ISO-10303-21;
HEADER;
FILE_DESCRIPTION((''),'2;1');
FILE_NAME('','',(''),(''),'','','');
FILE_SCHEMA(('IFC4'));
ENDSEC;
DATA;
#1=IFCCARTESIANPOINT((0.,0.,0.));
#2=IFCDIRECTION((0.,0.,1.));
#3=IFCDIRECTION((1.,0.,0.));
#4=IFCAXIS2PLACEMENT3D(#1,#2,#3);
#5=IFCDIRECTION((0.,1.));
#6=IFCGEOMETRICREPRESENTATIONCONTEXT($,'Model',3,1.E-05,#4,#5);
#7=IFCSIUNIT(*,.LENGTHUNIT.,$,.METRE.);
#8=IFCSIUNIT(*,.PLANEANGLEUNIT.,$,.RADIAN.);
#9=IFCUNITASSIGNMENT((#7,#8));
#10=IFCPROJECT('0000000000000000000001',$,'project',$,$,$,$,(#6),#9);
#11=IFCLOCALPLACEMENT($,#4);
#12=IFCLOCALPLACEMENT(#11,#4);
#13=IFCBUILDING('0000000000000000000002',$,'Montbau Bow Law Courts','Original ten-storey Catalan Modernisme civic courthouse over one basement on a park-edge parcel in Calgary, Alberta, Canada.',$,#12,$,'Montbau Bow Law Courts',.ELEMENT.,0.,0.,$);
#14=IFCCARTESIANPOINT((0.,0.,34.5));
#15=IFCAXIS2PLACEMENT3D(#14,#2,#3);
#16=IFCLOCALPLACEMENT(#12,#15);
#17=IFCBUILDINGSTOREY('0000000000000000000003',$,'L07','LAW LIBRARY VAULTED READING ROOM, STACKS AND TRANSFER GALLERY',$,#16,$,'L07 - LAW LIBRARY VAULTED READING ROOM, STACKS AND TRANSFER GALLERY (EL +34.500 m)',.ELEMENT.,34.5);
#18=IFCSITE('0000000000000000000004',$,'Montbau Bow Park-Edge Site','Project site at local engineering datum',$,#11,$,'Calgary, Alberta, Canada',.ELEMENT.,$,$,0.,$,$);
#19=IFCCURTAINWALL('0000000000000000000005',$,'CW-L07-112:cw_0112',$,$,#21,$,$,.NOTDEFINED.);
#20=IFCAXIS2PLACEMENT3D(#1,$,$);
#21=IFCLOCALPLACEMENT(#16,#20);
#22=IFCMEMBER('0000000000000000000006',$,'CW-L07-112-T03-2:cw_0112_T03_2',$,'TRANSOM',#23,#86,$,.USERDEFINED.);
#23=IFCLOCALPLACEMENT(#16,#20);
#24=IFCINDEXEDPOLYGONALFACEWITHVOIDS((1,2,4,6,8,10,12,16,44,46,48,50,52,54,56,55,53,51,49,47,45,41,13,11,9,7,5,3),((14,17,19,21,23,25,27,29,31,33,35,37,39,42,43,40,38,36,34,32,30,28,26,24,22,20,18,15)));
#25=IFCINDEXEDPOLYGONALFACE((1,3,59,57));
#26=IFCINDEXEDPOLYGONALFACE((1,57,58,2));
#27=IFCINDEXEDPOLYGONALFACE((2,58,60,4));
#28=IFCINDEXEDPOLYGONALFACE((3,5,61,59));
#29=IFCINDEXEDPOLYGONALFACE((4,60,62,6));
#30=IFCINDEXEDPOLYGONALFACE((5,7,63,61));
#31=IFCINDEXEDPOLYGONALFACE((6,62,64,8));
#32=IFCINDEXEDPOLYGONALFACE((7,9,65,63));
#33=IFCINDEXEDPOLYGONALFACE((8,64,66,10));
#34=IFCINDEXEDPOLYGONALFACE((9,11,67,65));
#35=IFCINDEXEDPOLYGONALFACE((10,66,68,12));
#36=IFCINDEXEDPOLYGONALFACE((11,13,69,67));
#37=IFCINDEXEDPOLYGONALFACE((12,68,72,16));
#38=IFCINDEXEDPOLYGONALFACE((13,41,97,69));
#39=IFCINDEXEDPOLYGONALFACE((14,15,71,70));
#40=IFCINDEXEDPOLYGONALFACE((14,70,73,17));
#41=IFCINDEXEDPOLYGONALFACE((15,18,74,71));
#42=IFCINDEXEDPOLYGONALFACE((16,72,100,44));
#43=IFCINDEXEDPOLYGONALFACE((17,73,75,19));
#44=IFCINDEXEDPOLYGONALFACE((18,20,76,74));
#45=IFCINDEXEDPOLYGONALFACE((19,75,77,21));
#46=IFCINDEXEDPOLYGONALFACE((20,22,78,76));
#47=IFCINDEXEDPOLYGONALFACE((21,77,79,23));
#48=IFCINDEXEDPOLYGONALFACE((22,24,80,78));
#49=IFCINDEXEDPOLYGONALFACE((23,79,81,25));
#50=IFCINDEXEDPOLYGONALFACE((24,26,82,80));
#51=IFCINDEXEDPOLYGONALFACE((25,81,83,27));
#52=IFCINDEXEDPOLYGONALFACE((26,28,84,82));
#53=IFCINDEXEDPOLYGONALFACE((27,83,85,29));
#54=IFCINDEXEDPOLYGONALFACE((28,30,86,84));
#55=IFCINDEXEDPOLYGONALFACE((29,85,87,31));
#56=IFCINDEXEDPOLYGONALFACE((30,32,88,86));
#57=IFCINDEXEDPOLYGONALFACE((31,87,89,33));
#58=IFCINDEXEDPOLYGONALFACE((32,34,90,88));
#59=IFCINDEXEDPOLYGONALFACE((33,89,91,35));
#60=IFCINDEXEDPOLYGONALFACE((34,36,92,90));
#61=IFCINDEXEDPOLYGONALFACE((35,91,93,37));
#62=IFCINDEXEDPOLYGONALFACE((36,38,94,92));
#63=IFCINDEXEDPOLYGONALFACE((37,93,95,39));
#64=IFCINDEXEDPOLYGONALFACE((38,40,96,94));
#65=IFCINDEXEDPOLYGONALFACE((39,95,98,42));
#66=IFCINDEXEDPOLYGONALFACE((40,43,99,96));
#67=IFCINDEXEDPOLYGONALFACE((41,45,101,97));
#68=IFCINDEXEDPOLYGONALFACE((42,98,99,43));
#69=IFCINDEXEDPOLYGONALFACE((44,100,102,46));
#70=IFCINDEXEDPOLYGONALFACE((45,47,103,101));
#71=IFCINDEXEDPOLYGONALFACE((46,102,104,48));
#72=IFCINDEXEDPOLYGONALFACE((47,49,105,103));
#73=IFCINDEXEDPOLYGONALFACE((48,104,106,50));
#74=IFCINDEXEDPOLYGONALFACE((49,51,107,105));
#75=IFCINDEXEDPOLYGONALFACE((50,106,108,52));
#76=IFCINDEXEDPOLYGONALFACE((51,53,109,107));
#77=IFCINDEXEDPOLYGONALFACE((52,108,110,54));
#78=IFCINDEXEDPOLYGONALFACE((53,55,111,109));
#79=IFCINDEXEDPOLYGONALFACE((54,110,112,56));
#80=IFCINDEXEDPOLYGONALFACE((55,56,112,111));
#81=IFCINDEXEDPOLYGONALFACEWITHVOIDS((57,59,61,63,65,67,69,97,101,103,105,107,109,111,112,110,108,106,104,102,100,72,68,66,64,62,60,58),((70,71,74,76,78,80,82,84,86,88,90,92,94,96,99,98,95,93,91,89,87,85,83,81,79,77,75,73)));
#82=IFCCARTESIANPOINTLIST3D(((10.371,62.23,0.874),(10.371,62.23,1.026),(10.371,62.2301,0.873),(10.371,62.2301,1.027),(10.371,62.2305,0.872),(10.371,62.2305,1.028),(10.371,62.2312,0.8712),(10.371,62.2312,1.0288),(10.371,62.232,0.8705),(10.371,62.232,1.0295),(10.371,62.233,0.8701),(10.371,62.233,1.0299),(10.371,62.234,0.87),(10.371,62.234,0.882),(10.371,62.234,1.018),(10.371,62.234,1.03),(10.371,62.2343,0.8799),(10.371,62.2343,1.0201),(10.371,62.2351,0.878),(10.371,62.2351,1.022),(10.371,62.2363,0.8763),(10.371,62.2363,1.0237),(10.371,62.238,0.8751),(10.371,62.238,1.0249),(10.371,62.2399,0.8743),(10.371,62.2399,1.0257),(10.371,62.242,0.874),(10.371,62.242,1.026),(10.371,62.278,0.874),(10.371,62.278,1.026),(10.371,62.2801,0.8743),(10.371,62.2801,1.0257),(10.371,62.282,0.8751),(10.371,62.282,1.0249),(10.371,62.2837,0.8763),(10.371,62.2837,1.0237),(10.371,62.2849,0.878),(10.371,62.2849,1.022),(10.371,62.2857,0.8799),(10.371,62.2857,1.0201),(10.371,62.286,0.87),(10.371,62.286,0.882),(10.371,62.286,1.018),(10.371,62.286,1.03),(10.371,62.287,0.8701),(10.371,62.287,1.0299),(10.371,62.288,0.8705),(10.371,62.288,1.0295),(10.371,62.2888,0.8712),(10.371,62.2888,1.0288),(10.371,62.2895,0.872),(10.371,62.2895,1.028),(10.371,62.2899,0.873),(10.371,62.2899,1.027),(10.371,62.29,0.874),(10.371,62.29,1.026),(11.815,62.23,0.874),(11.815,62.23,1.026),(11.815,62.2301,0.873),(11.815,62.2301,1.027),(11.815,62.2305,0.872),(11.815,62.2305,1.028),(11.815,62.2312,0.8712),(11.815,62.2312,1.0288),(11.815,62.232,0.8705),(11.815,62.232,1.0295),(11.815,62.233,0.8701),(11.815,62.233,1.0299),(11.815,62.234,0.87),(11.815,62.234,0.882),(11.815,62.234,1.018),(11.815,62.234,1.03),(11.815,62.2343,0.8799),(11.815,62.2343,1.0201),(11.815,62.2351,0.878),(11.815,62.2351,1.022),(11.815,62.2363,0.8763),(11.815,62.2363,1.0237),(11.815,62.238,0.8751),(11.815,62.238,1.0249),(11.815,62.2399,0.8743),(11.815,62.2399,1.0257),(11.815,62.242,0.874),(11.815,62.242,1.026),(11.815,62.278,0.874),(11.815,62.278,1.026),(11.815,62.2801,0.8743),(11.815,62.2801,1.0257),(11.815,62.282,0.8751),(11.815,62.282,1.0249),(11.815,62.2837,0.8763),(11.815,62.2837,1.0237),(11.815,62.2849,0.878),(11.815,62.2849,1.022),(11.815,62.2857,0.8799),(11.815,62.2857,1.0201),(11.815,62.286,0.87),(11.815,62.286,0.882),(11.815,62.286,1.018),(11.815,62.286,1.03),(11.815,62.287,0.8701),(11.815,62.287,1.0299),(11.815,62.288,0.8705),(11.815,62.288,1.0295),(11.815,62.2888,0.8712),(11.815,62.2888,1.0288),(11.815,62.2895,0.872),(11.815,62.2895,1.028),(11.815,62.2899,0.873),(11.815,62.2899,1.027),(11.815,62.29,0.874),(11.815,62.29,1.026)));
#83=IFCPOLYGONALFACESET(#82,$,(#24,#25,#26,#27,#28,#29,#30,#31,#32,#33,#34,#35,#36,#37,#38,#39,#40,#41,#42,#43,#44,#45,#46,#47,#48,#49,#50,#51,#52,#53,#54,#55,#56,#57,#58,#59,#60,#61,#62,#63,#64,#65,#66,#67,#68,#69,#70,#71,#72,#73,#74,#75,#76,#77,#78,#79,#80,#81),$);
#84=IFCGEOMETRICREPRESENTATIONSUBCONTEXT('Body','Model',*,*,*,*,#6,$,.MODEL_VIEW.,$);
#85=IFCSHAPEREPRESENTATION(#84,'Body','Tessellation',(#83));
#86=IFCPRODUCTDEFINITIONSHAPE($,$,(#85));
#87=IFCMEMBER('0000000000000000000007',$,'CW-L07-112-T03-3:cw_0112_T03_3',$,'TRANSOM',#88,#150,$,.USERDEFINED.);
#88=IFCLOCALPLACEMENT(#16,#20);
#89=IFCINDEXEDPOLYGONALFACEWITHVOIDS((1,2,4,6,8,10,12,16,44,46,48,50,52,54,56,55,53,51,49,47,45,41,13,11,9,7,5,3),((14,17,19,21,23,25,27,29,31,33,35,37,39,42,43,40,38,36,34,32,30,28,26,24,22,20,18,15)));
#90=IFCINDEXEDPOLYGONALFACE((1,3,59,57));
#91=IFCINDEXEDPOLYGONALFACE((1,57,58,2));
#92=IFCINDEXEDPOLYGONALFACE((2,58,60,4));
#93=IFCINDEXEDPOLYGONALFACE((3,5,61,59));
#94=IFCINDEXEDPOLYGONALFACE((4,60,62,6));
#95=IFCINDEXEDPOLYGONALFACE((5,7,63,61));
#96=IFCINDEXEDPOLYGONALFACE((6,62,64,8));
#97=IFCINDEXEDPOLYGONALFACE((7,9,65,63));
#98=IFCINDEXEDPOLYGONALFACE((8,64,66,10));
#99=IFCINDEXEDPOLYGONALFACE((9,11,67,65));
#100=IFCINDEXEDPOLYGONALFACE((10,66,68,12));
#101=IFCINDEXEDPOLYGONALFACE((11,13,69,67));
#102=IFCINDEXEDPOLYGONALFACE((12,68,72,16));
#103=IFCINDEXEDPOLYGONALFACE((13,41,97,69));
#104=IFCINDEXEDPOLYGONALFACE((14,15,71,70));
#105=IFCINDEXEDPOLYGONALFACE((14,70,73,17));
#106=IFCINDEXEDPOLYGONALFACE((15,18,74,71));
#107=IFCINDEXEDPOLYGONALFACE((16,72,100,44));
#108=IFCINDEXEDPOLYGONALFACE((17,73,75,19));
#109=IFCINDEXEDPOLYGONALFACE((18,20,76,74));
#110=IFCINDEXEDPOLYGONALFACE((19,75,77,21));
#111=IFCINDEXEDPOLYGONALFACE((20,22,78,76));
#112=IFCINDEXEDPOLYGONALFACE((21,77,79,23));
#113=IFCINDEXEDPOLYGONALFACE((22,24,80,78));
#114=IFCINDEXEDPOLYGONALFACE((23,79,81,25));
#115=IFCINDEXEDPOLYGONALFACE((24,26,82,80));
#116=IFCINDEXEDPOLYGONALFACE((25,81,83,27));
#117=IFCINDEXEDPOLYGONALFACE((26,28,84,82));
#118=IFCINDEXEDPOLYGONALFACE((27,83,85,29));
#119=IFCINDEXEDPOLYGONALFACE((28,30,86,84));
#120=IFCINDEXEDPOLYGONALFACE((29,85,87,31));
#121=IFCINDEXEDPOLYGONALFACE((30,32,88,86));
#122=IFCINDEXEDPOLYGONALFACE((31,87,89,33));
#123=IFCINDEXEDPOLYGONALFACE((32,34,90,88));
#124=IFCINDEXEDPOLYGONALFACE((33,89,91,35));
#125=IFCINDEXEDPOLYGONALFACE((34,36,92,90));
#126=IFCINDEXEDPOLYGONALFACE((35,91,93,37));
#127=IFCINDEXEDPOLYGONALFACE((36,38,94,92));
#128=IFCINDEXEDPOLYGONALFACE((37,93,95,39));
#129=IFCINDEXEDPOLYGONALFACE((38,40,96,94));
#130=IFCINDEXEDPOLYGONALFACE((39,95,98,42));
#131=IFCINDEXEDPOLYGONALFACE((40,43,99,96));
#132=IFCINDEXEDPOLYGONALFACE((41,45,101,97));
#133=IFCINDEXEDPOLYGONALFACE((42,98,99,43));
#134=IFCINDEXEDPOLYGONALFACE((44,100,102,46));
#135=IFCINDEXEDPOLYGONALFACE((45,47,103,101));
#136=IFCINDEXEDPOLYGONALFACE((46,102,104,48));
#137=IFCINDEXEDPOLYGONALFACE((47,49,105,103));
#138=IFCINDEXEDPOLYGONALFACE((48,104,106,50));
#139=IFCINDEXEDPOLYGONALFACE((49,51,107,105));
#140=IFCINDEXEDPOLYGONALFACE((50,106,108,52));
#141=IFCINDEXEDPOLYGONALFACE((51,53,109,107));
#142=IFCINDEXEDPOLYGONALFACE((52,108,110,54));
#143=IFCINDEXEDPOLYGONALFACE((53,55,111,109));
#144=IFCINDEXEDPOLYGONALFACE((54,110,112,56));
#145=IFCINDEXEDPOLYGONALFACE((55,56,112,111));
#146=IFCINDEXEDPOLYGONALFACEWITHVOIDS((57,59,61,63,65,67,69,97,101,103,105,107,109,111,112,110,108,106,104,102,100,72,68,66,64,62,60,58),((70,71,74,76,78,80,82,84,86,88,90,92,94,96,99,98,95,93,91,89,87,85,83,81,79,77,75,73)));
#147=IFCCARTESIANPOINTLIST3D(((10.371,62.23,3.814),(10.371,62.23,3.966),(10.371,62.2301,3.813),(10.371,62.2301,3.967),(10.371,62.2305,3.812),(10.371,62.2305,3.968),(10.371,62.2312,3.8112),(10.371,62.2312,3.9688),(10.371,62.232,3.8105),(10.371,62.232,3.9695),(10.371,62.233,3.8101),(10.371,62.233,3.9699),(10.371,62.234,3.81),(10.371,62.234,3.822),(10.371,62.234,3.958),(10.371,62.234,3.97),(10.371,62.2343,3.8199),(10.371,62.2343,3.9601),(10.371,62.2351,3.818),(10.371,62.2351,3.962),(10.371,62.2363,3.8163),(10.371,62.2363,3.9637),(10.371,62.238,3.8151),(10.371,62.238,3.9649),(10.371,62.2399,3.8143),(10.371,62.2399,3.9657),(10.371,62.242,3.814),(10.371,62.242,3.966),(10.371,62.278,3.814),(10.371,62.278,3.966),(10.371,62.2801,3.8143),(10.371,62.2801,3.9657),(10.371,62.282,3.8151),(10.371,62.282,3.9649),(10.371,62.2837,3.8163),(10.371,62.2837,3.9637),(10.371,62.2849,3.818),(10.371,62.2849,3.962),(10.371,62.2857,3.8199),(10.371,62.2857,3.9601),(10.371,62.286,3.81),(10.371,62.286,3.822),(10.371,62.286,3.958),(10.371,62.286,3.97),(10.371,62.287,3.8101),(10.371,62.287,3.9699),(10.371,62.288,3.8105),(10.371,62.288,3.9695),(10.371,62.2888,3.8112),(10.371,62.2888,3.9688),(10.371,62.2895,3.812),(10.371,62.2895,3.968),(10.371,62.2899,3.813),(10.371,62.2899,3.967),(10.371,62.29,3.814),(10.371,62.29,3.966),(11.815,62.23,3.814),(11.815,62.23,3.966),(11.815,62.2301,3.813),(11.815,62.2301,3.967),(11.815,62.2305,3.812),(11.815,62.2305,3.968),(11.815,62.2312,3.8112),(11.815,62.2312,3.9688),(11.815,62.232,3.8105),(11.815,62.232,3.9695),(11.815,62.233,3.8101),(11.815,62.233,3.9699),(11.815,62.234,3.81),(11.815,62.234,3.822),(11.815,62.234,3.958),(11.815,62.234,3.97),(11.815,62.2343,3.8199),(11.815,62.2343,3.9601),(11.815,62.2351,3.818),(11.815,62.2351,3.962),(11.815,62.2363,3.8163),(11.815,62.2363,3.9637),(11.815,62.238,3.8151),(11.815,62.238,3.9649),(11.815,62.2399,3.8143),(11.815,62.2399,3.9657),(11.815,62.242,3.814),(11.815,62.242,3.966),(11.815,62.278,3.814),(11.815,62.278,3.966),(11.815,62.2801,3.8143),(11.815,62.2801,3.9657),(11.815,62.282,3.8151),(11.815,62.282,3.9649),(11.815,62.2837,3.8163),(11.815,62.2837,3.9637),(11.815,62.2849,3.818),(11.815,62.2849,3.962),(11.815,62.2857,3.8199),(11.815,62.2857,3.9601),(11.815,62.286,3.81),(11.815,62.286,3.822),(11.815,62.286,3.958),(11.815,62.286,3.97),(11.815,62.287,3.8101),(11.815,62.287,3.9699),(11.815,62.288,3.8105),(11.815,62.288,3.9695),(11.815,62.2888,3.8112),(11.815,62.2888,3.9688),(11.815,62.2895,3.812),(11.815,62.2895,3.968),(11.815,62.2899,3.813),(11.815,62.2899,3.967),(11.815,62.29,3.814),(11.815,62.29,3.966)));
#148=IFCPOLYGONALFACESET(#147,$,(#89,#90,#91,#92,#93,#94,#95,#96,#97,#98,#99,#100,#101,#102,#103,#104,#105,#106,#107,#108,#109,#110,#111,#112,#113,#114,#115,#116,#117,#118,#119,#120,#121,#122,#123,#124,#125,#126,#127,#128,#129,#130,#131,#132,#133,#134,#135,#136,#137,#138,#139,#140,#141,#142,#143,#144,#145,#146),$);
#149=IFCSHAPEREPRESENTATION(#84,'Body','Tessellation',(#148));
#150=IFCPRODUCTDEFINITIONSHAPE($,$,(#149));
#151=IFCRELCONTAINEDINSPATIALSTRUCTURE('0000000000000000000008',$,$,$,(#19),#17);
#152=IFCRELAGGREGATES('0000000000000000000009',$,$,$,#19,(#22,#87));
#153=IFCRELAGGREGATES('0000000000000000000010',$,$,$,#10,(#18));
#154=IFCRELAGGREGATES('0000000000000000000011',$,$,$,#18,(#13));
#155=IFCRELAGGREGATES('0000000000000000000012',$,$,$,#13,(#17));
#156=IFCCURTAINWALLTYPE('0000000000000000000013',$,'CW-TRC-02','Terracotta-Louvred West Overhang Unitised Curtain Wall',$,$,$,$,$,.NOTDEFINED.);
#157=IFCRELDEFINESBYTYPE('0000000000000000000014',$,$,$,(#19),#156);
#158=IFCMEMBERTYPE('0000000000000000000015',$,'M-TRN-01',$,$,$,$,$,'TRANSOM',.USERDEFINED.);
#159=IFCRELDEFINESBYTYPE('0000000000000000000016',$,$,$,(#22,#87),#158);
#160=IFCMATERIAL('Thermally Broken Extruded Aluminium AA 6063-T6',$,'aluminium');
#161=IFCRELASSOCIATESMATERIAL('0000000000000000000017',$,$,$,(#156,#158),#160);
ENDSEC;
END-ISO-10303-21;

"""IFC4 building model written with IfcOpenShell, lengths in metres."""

from ifc_helpers import new_model, si_unit, direction, frame, origin_with_axes, origin_2d_with_axis, place, context, subcontext, project, spatial, hollow_rectangle, extrude, material, material_profile, profile_set, type_object, element, aggregate, save


model = new_model("IFC4")

# Units and contexts
model_context = context("Model", 3, precision=1e-05, world=origin_with_axes(), true_north=direction((0.0, 1.0)))
body_context = subcontext(model_context, "Body", "Model", "MODEL_VIEW")
ifc_project = project(units=[si_unit("LENGTHUNIT", "METRE"), si_unit("PLANEANGLEUNIT", "RADIAN")], contexts=[model_context])

# Site, building, storey
site_placement = place(None, origin_with_axes())
site = spatial("IfcSite", under=ifc_project, at=site_placement, Name="Montbau Bow Park-Edge Site", Description="Project site at local engineering datum", LongName="Calgary, Alberta, Canada", CompositionType="ELEMENT", RefElevation=0.0)
building_placement = place(site_placement, origin_with_axes())
building = spatial("IfcBuilding", under=site, at=building_placement, Name="Montbau Bow Law Courts", Description="Original ten-storey Catalan Modernisme civic courthouse over one basement on a park-edge parcel in Calgary, Alberta, Canada.", LongName="Montbau Bow Law Courts", CompositionType="ELEMENT", ElevationOfRefHeight=0.0, ElevationOfTerrain=0.0)
storey_placement = place(building_placement, frame((0.0, 0.0, 34.5), z_axis=(0.0, 0.0, 1.0), x_axis=(1.0, 0.0, 0.0)))
storey = spatial("IfcBuildingStorey", under=building, at=storey_placement, Name="L07", Description="LAW LIBRARY VAULTED READING ROOM, STACKS AND TRANSFER GALLERY", LongName="L07 - LAW LIBRARY VAULTED READING ROOM, STACKS AND TRANSFER GALLERY (EL +34.500 m)", CompositionType="ELEMENT", Elevation=34.5)

# Curtain wall, members
ifc_material_1 = material(Name="Thermally Broken Extruded Aluminium AA 6063-T6", Category="aluminium")
curtain_wall_type = type_object("IfcCurtainWallType", Name="CW-TRC-02", Description="Terracotta-Louvred West Overhang Unitised Curtain Wall", PredefinedType="NOTDEFINED", material=ifc_material_1)
curtain_wall_placement = place(None, frame((7.315, 62.26, 34.5), z_axis=(0.0, 0.0, 1.0), x_axis=(1.0, 0.0, 0.0)))
curtain_wall = element("IfcCurtainWall", 1, at=curtain_wall_placement, inside=storey, type_object=curtain_wall_type, Name="CW-L07-112:cw_0112", PredefinedType="NOTDEFINED")
ifc_material_profile_1 = material_profile(ifc_material_1, hollow_rectangle(XDim=0.06, YDim=0.16, WallThickness=0.004, InnerFilletRadius=0.008, OuterFilletRadius=0.004, at=origin_2d_with_axis()), Name="CWT-160X60", Category="Main", Priority=0)
ifc_profile_set_1 = profile_set([ifc_material_profile_1], Name="Thermally Broken Extruded Aluminium AA 6063-T6")
member_type_1 = type_object("IfcMemberType", Name="M-TRN-01", ElementType="TRANSOM", PredefinedType="USERDEFINED", material=ifc_profile_set_1)
member_1_placement = place(None, frame((10.371, 62.26, 35.45), z_axis=(1.0, 0.0, 0.0), x_axis=(0.0, 1.0, 0.0)))
member_1 = element("IfcMember", 2, at=member_1_placement, type_object=member_type_1, Name="CW-L07-112-T03-2:cw_0112_T03_2", ObjectType="TRANSOM", PredefinedType="USERDEFINED", context=body_context, shape_type="SweptSolid", body=[
    extrude(hollow_rectangle(XDim=0.06, YDim=0.16, WallThickness=0.004, InnerFilletRadius=0.008, OuterFilletRadius=0.004, at=origin_2d_with_axis()), origin_with_axes(), (0.0, 0.0, 1.0), 1.444),
])
member_2_placement = place(None, frame((10.371, 62.26, 38.39), z_axis=(1.0, 0.0, 0.0), x_axis=(0.0, 1.0, 0.0)))
member_2 = element("IfcMember", 3, at=member_2_placement, type_object=member_type_1, Name="CW-L07-112-T03-3:cw_0112_T03_3", ObjectType="TRANSOM", PredefinedType="USERDEFINED", context=body_context, shape_type="SweptSolid", body=[
    extrude(hollow_rectangle(XDim=0.06, YDim=0.16, WallThickness=0.004, InnerFilletRadius=0.008, OuterFilletRadius=0.004, at=origin_2d_with_axis()), origin_with_axes(), (0.0, 0.0, 1.0), 1.444),
])
aggregate(curtain_wall, [member_1, member_2])

save(model, "model.ifc")
